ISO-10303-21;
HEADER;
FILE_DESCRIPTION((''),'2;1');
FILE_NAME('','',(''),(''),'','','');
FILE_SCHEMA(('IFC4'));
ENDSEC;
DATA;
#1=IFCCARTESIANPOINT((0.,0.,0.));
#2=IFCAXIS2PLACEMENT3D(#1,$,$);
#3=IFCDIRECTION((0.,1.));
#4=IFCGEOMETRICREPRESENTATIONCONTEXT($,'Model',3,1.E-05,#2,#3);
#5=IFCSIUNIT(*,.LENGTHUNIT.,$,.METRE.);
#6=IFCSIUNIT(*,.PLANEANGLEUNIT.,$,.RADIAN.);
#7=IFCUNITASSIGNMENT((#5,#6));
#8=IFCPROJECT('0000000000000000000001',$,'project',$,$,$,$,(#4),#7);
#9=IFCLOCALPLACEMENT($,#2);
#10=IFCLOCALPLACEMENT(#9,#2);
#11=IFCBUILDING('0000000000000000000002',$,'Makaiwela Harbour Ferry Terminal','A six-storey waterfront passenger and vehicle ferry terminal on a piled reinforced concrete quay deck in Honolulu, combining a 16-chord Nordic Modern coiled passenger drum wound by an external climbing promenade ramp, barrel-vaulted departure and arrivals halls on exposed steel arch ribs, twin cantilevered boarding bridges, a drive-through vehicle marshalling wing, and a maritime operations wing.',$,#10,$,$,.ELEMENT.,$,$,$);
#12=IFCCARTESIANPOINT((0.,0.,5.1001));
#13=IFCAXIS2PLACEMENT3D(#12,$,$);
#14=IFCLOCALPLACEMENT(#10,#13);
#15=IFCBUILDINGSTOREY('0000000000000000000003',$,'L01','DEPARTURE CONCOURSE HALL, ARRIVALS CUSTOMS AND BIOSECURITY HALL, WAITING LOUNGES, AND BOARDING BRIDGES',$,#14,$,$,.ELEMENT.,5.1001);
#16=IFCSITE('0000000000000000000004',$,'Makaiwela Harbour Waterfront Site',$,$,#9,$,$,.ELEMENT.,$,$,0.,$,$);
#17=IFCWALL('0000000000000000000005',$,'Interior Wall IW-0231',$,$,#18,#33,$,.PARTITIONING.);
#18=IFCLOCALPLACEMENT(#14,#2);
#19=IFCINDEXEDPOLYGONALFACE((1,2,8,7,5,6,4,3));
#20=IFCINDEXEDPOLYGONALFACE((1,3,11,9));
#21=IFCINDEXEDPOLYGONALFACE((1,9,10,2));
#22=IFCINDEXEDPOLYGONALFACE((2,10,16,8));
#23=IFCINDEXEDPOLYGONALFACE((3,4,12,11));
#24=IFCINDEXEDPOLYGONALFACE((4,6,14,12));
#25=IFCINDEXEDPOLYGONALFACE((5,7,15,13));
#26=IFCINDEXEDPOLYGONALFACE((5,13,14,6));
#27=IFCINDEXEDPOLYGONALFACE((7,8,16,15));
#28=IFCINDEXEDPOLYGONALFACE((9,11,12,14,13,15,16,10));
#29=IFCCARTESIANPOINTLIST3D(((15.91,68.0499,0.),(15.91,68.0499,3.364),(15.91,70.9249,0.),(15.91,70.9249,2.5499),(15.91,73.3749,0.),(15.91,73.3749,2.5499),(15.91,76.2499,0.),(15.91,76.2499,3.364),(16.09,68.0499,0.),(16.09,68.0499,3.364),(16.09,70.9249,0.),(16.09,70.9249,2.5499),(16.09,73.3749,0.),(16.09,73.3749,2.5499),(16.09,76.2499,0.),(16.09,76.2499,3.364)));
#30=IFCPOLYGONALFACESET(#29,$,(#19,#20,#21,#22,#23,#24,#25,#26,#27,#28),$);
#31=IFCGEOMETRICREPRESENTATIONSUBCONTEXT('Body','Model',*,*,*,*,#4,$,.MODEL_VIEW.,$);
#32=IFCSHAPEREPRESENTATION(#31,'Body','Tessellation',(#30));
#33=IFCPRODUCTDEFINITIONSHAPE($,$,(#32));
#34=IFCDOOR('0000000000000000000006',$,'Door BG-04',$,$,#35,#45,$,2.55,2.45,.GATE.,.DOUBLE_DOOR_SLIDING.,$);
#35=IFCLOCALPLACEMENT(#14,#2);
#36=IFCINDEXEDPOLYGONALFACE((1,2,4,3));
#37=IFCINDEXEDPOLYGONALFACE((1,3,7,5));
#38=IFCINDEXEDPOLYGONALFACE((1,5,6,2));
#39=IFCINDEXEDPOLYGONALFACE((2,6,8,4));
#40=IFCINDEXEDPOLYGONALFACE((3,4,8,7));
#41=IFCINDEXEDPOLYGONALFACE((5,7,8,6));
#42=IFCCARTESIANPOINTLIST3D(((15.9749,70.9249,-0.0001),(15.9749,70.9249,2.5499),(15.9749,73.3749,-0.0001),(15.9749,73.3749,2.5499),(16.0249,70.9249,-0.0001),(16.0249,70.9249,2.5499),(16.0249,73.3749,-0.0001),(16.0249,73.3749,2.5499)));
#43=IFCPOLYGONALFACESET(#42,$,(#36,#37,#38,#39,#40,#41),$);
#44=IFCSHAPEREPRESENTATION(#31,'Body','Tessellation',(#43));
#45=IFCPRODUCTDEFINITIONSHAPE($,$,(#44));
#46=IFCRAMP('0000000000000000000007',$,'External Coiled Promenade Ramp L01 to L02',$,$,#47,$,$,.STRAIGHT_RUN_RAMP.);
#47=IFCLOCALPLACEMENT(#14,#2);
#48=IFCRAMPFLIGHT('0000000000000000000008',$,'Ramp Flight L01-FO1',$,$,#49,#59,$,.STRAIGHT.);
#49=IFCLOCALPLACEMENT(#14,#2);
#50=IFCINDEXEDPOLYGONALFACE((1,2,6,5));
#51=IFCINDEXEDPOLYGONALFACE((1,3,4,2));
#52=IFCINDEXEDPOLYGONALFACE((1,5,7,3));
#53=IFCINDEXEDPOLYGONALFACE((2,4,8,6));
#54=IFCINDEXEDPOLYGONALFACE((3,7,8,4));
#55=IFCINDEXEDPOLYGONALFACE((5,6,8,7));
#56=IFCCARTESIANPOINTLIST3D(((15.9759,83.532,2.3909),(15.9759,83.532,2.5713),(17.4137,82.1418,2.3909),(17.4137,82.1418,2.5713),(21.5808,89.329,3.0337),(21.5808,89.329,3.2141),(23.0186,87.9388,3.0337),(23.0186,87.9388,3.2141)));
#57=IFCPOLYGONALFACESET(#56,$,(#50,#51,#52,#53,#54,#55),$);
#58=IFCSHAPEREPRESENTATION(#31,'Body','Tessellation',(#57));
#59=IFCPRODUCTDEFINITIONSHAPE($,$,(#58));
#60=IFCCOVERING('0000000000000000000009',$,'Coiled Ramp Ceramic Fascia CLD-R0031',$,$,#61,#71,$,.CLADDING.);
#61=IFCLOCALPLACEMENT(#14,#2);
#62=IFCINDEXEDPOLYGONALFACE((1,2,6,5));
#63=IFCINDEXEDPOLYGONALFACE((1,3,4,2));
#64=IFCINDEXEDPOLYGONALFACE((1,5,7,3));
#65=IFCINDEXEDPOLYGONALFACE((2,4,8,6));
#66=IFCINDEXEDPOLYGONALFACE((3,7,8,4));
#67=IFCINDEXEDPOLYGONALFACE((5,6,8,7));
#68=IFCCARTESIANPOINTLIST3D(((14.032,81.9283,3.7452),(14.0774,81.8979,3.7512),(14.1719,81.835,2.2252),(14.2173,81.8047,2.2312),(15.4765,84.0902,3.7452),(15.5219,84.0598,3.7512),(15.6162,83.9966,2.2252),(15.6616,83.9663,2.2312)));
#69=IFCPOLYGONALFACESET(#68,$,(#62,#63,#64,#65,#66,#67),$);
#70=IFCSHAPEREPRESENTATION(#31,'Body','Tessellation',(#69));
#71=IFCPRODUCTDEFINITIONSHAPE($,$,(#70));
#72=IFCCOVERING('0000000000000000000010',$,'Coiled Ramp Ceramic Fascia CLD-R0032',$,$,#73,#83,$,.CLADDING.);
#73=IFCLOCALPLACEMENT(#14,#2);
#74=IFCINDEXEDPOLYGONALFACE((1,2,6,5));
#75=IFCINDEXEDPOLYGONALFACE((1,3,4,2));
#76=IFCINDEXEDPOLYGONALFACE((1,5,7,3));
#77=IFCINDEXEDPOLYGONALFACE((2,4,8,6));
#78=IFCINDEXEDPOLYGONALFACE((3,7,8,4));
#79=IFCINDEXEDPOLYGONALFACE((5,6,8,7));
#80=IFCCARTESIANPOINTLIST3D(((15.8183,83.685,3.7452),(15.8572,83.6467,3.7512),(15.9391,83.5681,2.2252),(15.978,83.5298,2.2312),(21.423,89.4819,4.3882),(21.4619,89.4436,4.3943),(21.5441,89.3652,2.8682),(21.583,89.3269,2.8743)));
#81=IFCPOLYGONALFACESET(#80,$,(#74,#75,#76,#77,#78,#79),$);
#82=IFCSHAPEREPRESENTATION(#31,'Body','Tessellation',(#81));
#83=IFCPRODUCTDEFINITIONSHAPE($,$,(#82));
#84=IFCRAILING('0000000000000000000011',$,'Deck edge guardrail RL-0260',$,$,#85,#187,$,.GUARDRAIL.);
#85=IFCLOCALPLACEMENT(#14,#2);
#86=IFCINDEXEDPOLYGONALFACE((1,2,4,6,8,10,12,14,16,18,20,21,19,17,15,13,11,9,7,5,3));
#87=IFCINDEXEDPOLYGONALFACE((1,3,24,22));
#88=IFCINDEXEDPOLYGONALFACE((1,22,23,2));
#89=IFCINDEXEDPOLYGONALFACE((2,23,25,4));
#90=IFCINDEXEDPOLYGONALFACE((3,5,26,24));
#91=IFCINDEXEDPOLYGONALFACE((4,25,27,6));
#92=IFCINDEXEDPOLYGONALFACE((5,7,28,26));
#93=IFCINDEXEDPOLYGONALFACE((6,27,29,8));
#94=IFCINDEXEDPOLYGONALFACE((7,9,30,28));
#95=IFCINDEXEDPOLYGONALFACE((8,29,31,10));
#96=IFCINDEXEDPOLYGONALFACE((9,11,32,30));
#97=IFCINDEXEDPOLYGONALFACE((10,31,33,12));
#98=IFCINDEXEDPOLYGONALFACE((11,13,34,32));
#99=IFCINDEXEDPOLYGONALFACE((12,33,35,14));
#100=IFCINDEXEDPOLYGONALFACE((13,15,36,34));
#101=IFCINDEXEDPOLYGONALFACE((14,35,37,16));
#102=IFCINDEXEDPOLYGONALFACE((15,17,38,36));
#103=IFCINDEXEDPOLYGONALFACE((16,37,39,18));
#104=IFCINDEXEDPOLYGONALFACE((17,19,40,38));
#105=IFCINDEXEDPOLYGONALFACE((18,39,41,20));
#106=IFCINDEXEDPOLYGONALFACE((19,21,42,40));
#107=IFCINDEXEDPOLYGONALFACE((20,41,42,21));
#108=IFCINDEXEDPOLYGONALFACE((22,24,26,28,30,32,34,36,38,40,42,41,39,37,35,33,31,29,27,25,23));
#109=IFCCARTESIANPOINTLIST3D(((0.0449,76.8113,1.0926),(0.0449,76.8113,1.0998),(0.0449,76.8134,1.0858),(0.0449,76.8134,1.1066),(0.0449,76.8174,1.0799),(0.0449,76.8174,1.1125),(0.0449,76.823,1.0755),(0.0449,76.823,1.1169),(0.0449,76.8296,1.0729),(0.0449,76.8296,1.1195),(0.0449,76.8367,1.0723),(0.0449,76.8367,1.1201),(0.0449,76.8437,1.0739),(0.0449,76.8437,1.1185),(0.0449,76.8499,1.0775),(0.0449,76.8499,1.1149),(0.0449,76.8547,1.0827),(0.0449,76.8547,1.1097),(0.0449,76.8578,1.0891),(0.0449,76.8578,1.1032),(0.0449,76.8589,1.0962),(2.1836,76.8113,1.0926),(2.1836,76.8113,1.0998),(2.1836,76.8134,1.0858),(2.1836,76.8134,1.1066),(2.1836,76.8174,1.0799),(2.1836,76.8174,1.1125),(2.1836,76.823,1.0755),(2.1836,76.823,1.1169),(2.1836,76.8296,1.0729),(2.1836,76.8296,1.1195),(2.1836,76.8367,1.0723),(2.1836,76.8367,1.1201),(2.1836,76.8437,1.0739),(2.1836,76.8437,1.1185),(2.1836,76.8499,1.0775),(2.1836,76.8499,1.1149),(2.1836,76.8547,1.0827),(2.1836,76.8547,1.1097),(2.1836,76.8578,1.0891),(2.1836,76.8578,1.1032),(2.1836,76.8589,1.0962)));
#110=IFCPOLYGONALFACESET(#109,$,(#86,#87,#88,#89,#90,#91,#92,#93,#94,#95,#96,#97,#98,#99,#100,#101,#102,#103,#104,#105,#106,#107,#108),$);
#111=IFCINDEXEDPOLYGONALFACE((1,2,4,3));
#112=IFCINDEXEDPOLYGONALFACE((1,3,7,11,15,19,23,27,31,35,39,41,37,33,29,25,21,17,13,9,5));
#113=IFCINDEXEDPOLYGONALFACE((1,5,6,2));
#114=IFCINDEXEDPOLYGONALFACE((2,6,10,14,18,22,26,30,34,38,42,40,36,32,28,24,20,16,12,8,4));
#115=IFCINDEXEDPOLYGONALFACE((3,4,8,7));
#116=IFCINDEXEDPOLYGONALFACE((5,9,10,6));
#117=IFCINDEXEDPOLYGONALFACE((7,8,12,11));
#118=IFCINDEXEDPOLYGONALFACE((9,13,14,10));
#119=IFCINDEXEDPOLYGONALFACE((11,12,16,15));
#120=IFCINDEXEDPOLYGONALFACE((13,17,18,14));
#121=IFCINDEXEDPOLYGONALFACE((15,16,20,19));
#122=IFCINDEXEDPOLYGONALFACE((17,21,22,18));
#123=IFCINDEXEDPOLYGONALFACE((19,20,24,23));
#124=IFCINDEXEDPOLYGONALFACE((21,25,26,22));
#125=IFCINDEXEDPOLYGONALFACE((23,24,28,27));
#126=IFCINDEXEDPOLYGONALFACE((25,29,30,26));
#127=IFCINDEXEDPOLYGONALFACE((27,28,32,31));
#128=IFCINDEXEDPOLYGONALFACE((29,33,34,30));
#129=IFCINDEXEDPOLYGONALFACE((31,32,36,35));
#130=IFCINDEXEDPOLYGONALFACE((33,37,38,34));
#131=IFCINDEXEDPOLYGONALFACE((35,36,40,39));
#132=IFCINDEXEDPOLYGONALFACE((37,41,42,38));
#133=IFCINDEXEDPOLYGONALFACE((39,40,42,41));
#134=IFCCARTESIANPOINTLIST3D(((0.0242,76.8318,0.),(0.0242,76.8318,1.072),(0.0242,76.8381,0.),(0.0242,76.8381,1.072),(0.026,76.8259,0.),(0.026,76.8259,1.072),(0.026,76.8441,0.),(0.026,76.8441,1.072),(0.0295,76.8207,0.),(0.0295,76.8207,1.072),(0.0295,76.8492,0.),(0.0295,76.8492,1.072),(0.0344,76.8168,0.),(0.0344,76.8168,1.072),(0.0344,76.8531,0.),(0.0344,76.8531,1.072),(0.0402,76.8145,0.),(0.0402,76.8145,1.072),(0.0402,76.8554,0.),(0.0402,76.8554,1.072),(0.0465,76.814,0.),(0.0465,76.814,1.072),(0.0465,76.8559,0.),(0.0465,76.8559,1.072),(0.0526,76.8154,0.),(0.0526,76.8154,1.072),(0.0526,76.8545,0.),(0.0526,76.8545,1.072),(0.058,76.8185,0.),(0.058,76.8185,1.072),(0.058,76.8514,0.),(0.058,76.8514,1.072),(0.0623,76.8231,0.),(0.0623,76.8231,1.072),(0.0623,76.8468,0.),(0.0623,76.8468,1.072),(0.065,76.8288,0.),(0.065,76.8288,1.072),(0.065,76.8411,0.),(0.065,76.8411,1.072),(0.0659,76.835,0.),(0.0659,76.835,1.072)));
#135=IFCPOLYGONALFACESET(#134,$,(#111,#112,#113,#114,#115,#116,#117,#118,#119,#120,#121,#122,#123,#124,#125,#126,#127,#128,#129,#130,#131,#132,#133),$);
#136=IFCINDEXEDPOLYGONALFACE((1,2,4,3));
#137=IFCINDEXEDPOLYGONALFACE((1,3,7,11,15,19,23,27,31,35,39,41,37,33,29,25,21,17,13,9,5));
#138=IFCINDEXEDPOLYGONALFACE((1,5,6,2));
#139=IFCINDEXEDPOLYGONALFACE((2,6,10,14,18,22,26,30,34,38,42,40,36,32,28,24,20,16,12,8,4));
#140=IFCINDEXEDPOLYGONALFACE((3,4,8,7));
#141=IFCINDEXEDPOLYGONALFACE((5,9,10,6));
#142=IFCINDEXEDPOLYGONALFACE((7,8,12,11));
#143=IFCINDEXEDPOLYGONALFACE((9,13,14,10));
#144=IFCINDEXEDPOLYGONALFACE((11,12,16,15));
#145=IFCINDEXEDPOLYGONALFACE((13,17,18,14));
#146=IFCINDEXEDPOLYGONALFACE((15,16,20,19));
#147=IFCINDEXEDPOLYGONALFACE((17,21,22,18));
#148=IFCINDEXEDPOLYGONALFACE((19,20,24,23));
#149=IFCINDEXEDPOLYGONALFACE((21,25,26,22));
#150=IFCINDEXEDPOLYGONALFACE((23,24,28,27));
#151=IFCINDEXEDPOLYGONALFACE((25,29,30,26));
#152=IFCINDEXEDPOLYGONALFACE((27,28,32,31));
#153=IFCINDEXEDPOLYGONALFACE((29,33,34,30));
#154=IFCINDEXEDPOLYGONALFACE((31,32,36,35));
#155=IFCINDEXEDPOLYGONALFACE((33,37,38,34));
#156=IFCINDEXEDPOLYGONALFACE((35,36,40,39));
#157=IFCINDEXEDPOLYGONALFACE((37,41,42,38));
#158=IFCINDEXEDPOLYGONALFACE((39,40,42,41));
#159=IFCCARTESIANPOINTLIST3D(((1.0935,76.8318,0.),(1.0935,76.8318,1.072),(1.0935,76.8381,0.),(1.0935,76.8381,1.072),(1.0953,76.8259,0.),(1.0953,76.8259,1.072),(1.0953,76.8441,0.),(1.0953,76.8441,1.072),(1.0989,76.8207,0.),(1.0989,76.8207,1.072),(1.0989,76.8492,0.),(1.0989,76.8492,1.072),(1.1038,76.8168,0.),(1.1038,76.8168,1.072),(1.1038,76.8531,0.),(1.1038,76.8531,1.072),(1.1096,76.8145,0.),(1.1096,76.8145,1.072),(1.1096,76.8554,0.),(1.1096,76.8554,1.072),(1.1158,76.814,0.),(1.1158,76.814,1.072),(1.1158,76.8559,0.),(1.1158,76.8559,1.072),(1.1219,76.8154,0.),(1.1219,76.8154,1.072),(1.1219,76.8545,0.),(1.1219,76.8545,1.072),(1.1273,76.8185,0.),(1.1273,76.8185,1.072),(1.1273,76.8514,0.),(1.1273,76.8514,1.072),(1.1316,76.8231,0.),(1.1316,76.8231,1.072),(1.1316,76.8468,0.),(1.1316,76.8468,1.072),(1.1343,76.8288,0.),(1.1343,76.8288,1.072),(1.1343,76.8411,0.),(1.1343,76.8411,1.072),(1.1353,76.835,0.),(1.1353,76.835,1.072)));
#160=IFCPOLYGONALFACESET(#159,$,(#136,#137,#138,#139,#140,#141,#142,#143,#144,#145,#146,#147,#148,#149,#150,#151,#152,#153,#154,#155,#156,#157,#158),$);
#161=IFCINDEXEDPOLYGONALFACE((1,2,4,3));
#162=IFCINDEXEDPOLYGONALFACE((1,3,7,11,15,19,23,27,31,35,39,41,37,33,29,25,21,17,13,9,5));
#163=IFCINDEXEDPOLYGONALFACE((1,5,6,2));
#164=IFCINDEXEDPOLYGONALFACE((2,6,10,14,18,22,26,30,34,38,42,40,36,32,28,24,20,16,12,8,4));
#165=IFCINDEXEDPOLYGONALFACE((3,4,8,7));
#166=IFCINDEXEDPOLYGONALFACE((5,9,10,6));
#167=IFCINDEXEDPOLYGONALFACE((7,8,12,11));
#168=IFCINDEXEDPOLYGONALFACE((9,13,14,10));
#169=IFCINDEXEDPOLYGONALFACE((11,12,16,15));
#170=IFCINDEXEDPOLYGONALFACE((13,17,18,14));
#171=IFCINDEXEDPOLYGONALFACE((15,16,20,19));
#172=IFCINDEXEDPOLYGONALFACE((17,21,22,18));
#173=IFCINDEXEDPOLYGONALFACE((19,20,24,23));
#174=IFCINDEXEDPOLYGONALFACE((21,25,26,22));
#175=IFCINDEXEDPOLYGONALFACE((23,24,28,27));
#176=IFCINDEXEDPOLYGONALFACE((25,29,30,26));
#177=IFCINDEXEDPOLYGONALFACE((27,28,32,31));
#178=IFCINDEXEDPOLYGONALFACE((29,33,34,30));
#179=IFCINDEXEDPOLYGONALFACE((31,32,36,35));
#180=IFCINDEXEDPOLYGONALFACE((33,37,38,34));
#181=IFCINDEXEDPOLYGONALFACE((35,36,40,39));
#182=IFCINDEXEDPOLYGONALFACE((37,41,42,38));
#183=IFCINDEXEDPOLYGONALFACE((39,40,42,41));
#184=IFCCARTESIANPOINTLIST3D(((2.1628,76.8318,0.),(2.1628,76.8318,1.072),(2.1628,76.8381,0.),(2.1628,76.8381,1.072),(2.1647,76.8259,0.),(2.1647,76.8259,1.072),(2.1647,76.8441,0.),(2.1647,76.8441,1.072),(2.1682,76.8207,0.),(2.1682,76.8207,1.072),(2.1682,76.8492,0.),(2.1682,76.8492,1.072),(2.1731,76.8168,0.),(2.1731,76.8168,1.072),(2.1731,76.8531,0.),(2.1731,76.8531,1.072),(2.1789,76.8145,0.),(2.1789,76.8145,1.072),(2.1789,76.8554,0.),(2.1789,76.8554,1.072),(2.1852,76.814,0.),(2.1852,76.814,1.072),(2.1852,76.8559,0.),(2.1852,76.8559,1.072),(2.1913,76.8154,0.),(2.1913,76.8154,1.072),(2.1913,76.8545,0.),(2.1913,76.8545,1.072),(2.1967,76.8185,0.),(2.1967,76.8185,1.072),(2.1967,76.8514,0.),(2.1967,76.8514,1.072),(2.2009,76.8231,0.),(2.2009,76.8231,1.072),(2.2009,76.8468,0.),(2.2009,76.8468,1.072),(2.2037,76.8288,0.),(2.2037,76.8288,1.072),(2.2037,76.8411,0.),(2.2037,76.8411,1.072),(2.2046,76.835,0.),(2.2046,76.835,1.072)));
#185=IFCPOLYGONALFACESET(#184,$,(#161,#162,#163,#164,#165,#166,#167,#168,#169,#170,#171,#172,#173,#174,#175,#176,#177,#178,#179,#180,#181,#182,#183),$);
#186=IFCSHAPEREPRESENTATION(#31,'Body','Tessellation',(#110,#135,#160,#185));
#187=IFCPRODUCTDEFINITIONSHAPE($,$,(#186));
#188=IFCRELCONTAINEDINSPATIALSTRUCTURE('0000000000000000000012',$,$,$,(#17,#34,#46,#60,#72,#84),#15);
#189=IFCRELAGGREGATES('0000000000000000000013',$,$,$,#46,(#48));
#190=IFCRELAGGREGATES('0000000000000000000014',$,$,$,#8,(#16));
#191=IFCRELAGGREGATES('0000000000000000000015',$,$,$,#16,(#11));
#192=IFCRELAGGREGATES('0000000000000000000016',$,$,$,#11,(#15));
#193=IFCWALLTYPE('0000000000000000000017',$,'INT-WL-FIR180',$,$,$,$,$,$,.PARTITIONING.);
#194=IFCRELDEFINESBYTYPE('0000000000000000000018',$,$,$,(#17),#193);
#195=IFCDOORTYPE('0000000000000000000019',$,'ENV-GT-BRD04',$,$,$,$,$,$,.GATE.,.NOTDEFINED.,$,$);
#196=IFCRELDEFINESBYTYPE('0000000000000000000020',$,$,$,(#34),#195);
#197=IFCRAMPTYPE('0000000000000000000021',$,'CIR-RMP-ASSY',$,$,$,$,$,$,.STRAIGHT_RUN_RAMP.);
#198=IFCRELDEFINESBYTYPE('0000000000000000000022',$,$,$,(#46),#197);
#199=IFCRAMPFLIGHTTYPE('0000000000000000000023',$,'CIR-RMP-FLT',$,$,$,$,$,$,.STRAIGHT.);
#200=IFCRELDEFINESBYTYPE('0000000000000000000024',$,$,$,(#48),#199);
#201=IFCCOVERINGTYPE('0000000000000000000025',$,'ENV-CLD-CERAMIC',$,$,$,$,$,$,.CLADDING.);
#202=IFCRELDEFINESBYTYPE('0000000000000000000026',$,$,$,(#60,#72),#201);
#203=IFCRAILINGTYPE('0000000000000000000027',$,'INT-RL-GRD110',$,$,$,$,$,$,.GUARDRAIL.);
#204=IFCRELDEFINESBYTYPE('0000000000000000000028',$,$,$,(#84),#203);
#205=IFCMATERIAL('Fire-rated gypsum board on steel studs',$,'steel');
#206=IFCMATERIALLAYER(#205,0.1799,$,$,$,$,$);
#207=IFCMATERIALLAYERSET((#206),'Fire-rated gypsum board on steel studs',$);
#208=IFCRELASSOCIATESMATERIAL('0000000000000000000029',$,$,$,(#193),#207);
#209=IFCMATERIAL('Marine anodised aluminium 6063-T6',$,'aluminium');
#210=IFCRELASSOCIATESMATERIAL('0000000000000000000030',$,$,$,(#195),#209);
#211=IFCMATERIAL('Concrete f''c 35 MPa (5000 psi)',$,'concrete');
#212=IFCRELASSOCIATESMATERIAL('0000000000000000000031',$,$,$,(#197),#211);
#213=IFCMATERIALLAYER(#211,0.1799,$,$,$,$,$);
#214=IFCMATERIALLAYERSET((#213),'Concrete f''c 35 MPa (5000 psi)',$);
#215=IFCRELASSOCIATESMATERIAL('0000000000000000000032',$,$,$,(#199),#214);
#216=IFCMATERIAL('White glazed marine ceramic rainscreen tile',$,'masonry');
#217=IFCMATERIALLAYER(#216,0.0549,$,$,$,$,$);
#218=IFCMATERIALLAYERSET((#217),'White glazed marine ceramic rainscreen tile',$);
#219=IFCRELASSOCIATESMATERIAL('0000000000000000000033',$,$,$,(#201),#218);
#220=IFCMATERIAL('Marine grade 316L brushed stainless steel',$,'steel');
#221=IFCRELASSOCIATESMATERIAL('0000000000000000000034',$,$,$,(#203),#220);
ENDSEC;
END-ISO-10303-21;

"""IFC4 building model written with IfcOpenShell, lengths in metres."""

from ifc_helpers import new_model, si_unit, direction, frame, frame_2d, origin, origin_2d, place, context, subcontext, project, spatial, polyline, rectangle, circle, outline, extrude, material, layer, layer_set, type_object, element, fill, aggregate, save


model = new_model("IFC4")

# Units and contexts
model_context = context("Model", 3, precision=1e-05, world=origin(), true_north=direction((0.0, 1.0)))
body_context = subcontext(model_context, "Body", "Model", "MODEL_VIEW")
ifc_project = project(units=[si_unit("LENGTHUNIT", "METRE"), si_unit("PLANEANGLEUNIT", "RADIAN")], contexts=[model_context])

# Site, building, storey
site_placement = place(None, origin())
site = spatial("IfcSite", under=ifc_project, at=site_placement, Name="Makaiwela Harbour Waterfront Site", CompositionType="ELEMENT", RefElevation=0.0)
building_placement = place(site_placement, origin())
building = spatial("IfcBuilding", under=site, at=building_placement, Name="Makaiwela Harbour Ferry Terminal", Description="A six-storey waterfront passenger and vehicle ferry terminal on a piled reinforced concrete quay deck in Honolulu, combining a 16-chord Nordic Modern coiled passenger drum wound by an external climbing promenade ramp, barrel-vaulted departure and arrivals halls on exposed steel arch ribs, twin cantilevered boarding bridges, a drive-through vehicle marshalling wing, and a maritime operations wing.", CompositionType="ELEMENT")
storey_placement = place(building_placement, frame((0.0, 0.0, 5.1001)))
storey = spatial("IfcBuildingStorey", under=building, at=storey_placement, Name="L01", Description="DEPARTURE CONCOURSE HALL, ARRIVALS CUSTOMS AND BIOSECURITY HALL, WAITING LOUNGES, AND BOARDING BRIDGES", CompositionType="ELEMENT", Elevation=5.1001)

# Wall, opening, door
ifc_material_1 = material(Name="Fire-rated gypsum board on steel studs", Category="steel")
ifc_layer_1 = layer(ifc_material_1, 0.1799)
ifc_layer_set_1 = layer_set([ifc_layer_1], Name="Fire-rated gypsum board on steel studs")
wall_type_1 = type_object("IfcWallType", Name="INT-WL-FIR180", PredefinedType="PARTITIONING", material=ifc_layer_set_1)
wall_1_placement = place(storey_placement, frame((16.0, 76.25, 0.0), z_axis=(0.0, 0.0, 1.0), x_axis=(0.0, -1.0, 0.0)))
wall_1 = element("IfcWall", 1, at=wall_1_placement, inside=storey, type_object=wall_type_1, Name="Interior Wall IW-0231", PredefinedType="PARTITIONING", context=body_context, shape_type="SweptSolid", body=[
    extrude(rectangle(XDim=8.2, YDim=0.1799, at=frame_2d((4.1001, 0.0))), origin(), (0.0, 0.0, 1.0), 3.364),
])
opening_placement = place(wall_1_placement, frame((2.875, 0.0, 0.0)))
opening = element("IfcOpeningElement", 2, at=opening_placement, cuts=wall_1, PredefinedType="OPENING", context=body_context, shape_type="SweptSolid", body=[
    extrude(rectangle(XDim=2.45, YDim=2.55, at=frame_2d((1.2251, 1.2749))), frame((0.0, 0.0999, 0.0), z_axis=(0.0, -1.0, 0.0), x_axis=(1.0, 0.0, 0.0)), (0.0, 0.0, 1.0), 0.2),
])
ifc_material_2 = material(Name="Marine anodised aluminium 6063-T6", Category="aluminium")
door_type = type_object("IfcDoorType", Name="ENV-GT-BRD04", OperationType="NOTDEFINED", PredefinedType="GATE", material=ifc_material_2)
door_placement = place(opening_placement, origin())
door = element("IfcDoor", 3, at=door_placement, inside=storey, type_object=door_type, Name="Door BG-04", OperationType="DOUBLE_DOOR_SLIDING", OverallHeight=2.55, OverallWidth=2.45, PredefinedType="GATE", context=body_context, shape_type="SweptSolid", body=[
    extrude(rectangle(XDim=2.45, YDim=2.55, at=frame_2d((1.2251, 1.2749))), frame((0.0, 0.0249, 0.0), z_axis=(0.0, -1.0, 0.0), x_axis=(1.0, 0.0, 0.0)), (0.0, 0.0, 1.0), 0.05),
])
fill(opening, door)

# Ramp, ramp flight
ifc_material_3 = material(Name="Concrete f'c 35 MPa (5000 psi)", Category="concrete")
ramp_type = type_object("IfcRampType", Name="CIR-RMP-ASSY", PredefinedType="STRAIGHT_RUN_RAMP", material=ifc_material_3)
ramp_placement = place(storey_placement, origin())
ramp = element("IfcRamp", 4, at=ramp_placement, inside=storey, type_object=ramp_type, Name="External Coiled Promenade Ramp L01 to L02", PredefinedType="STRAIGHT_RUN_RAMP")
ifc_layer_2 = layer(ifc_material_3, 0.1799)
ifc_layer_set_2 = layer_set([ifc_layer_2], Name="Concrete f'c 35 MPa (5000 psi)")
ramp_flight_type = type_object("IfcRampFlightType", Name="CIR-RMP-FLT", PredefinedType="STRAIGHT", material=ifc_layer_set_2)
ramp_flight_placement = place(storey_placement, frame((16.6948, 82.8369, 2.5713), z_axis=(0.0, 0.0, 1.0), x_axis=(0.695098, 0.718915, 0.0)))
ramp_flight = element("IfcRampFlight", 5, at=ramp_flight_placement, type_object=ramp_flight_type, Name="Ramp Flight L01-FO1", PredefinedType="STRAIGHT", context=body_context, shape_type="SweptSolid", body=[
    extrude(outline(polyline([(0.0, 0.0), (8.0635, 0.6428), (8.0635, 0.4624), (0.0, -0.1804), (0.0, 0.0)])), frame((0.0, 1.0, 0.0), z_axis=(0.0, -1.0, 0.0), x_axis=(1.0, 0.0, 0.0)), (0.0, 0.0, 1.0), 2.0),
])
aggregate(ramp, [ramp_flight])

# Coverings
ifc_material_4 = material(Name="White glazed marine ceramic rainscreen tile", Category="masonry")
ifc_layer_3 = layer(ifc_material_4, 0.0549)
ifc_layer_set_3 = layer_set([ifc_layer_3], Name="White glazed marine ceramic rainscreen tile")
covering_type = type_object("IfcCoveringType", Name="ENV-CLD-CERAMIC", PredefinedType="CLADDING", material=ifc_layer_set_3)
covering_1_placement = place(storey_placement, frame((15.6616, 83.9663, 2.2312), z_axis=(0.826427, -0.552211, 0.109918), x_axis=(-0.555577, -0.831465, -0.000001)))
element("IfcCovering", 6, at=covering_1_placement, inside=storey, type_object=covering_type, Name="Coiled Ramp Ceramic Fascia CLD-R0031", PredefinedType="CLADDING", context=body_context, shape_type="SweptSolid", body=[
    extrude(outline(polyline([(0.0, 0.0), (2.5998, 0.0), (2.5999, -1.5293), (-0.0002, -1.5293), (0.0, 0.0)])), origin(), (0.0, 0.0, -1.0), 0.0549),
])
covering_2_placement = place(storey_placement, frame((15.978, 83.5298, 2.2312), z_axis=(0.708437, -0.697155, 0.109961), x_axis=(0.692893, 0.716645, 0.079496)))
element("IfcCovering", 7, at=covering_2_placement, inside=storey, type_object=covering_type, Name="Coiled Ramp Ceramic Fascia CLD-R0032", PredefinedType="CLADDING", context=body_context, shape_type="SweptSolid", body=[
    extrude(outline(polyline([(0.0, 0.0), (8.0892, 0.0), (8.2098, 1.5245), (0.1209, 1.5245), (0.0, 0.0)])), origin(), (0.0, 0.0, -1.0), 0.0549),
])

# Railing
ifc_material_5 = material(Name="Marine grade 316L brushed stainless steel", Category="steel")
railing_type_1 = type_object("IfcRailingType", Name="INT-RL-GRD110", PredefinedType="GUARDRAIL", material=ifc_material_5)
railing_1_placement = place(storey_placement, frame((0.0449, 76.835, 0.0)))
element("IfcRailing", 8, at=railing_1_placement, inside=storey, type_object=railing_type_1, Name="Deck edge guardrail RL-0260", PredefinedType="GUARDRAIL", context=body_context, shape_type="SweptSolid", body=[
    extrude(circle(Radius=0.0239, at=origin_2d()), frame((0.0, 0.0, 1.0962), z_axis=(1.0, 0.0, 0.0), x_axis=(0.0, 1.0, 0.0)), (0.0, 0.0, 1.0), 2.1387),
    extrude(circle(Radius=0.021, at=origin_2d()), origin(), (0.0, 0.0, 1.0), 1.072),
    extrude(circle(Radius=0.021, at=origin_2d()), frame((1.0693, 0.0, 0.0)), (0.0, 0.0, 1.0), 1.072),
    extrude(circle(Radius=0.021, at=origin_2d()), frame((2.1387, 0.0, 0.0)), (0.0, 0.0, 1.0), 1.072),
])

save(model, "model.ifc")
